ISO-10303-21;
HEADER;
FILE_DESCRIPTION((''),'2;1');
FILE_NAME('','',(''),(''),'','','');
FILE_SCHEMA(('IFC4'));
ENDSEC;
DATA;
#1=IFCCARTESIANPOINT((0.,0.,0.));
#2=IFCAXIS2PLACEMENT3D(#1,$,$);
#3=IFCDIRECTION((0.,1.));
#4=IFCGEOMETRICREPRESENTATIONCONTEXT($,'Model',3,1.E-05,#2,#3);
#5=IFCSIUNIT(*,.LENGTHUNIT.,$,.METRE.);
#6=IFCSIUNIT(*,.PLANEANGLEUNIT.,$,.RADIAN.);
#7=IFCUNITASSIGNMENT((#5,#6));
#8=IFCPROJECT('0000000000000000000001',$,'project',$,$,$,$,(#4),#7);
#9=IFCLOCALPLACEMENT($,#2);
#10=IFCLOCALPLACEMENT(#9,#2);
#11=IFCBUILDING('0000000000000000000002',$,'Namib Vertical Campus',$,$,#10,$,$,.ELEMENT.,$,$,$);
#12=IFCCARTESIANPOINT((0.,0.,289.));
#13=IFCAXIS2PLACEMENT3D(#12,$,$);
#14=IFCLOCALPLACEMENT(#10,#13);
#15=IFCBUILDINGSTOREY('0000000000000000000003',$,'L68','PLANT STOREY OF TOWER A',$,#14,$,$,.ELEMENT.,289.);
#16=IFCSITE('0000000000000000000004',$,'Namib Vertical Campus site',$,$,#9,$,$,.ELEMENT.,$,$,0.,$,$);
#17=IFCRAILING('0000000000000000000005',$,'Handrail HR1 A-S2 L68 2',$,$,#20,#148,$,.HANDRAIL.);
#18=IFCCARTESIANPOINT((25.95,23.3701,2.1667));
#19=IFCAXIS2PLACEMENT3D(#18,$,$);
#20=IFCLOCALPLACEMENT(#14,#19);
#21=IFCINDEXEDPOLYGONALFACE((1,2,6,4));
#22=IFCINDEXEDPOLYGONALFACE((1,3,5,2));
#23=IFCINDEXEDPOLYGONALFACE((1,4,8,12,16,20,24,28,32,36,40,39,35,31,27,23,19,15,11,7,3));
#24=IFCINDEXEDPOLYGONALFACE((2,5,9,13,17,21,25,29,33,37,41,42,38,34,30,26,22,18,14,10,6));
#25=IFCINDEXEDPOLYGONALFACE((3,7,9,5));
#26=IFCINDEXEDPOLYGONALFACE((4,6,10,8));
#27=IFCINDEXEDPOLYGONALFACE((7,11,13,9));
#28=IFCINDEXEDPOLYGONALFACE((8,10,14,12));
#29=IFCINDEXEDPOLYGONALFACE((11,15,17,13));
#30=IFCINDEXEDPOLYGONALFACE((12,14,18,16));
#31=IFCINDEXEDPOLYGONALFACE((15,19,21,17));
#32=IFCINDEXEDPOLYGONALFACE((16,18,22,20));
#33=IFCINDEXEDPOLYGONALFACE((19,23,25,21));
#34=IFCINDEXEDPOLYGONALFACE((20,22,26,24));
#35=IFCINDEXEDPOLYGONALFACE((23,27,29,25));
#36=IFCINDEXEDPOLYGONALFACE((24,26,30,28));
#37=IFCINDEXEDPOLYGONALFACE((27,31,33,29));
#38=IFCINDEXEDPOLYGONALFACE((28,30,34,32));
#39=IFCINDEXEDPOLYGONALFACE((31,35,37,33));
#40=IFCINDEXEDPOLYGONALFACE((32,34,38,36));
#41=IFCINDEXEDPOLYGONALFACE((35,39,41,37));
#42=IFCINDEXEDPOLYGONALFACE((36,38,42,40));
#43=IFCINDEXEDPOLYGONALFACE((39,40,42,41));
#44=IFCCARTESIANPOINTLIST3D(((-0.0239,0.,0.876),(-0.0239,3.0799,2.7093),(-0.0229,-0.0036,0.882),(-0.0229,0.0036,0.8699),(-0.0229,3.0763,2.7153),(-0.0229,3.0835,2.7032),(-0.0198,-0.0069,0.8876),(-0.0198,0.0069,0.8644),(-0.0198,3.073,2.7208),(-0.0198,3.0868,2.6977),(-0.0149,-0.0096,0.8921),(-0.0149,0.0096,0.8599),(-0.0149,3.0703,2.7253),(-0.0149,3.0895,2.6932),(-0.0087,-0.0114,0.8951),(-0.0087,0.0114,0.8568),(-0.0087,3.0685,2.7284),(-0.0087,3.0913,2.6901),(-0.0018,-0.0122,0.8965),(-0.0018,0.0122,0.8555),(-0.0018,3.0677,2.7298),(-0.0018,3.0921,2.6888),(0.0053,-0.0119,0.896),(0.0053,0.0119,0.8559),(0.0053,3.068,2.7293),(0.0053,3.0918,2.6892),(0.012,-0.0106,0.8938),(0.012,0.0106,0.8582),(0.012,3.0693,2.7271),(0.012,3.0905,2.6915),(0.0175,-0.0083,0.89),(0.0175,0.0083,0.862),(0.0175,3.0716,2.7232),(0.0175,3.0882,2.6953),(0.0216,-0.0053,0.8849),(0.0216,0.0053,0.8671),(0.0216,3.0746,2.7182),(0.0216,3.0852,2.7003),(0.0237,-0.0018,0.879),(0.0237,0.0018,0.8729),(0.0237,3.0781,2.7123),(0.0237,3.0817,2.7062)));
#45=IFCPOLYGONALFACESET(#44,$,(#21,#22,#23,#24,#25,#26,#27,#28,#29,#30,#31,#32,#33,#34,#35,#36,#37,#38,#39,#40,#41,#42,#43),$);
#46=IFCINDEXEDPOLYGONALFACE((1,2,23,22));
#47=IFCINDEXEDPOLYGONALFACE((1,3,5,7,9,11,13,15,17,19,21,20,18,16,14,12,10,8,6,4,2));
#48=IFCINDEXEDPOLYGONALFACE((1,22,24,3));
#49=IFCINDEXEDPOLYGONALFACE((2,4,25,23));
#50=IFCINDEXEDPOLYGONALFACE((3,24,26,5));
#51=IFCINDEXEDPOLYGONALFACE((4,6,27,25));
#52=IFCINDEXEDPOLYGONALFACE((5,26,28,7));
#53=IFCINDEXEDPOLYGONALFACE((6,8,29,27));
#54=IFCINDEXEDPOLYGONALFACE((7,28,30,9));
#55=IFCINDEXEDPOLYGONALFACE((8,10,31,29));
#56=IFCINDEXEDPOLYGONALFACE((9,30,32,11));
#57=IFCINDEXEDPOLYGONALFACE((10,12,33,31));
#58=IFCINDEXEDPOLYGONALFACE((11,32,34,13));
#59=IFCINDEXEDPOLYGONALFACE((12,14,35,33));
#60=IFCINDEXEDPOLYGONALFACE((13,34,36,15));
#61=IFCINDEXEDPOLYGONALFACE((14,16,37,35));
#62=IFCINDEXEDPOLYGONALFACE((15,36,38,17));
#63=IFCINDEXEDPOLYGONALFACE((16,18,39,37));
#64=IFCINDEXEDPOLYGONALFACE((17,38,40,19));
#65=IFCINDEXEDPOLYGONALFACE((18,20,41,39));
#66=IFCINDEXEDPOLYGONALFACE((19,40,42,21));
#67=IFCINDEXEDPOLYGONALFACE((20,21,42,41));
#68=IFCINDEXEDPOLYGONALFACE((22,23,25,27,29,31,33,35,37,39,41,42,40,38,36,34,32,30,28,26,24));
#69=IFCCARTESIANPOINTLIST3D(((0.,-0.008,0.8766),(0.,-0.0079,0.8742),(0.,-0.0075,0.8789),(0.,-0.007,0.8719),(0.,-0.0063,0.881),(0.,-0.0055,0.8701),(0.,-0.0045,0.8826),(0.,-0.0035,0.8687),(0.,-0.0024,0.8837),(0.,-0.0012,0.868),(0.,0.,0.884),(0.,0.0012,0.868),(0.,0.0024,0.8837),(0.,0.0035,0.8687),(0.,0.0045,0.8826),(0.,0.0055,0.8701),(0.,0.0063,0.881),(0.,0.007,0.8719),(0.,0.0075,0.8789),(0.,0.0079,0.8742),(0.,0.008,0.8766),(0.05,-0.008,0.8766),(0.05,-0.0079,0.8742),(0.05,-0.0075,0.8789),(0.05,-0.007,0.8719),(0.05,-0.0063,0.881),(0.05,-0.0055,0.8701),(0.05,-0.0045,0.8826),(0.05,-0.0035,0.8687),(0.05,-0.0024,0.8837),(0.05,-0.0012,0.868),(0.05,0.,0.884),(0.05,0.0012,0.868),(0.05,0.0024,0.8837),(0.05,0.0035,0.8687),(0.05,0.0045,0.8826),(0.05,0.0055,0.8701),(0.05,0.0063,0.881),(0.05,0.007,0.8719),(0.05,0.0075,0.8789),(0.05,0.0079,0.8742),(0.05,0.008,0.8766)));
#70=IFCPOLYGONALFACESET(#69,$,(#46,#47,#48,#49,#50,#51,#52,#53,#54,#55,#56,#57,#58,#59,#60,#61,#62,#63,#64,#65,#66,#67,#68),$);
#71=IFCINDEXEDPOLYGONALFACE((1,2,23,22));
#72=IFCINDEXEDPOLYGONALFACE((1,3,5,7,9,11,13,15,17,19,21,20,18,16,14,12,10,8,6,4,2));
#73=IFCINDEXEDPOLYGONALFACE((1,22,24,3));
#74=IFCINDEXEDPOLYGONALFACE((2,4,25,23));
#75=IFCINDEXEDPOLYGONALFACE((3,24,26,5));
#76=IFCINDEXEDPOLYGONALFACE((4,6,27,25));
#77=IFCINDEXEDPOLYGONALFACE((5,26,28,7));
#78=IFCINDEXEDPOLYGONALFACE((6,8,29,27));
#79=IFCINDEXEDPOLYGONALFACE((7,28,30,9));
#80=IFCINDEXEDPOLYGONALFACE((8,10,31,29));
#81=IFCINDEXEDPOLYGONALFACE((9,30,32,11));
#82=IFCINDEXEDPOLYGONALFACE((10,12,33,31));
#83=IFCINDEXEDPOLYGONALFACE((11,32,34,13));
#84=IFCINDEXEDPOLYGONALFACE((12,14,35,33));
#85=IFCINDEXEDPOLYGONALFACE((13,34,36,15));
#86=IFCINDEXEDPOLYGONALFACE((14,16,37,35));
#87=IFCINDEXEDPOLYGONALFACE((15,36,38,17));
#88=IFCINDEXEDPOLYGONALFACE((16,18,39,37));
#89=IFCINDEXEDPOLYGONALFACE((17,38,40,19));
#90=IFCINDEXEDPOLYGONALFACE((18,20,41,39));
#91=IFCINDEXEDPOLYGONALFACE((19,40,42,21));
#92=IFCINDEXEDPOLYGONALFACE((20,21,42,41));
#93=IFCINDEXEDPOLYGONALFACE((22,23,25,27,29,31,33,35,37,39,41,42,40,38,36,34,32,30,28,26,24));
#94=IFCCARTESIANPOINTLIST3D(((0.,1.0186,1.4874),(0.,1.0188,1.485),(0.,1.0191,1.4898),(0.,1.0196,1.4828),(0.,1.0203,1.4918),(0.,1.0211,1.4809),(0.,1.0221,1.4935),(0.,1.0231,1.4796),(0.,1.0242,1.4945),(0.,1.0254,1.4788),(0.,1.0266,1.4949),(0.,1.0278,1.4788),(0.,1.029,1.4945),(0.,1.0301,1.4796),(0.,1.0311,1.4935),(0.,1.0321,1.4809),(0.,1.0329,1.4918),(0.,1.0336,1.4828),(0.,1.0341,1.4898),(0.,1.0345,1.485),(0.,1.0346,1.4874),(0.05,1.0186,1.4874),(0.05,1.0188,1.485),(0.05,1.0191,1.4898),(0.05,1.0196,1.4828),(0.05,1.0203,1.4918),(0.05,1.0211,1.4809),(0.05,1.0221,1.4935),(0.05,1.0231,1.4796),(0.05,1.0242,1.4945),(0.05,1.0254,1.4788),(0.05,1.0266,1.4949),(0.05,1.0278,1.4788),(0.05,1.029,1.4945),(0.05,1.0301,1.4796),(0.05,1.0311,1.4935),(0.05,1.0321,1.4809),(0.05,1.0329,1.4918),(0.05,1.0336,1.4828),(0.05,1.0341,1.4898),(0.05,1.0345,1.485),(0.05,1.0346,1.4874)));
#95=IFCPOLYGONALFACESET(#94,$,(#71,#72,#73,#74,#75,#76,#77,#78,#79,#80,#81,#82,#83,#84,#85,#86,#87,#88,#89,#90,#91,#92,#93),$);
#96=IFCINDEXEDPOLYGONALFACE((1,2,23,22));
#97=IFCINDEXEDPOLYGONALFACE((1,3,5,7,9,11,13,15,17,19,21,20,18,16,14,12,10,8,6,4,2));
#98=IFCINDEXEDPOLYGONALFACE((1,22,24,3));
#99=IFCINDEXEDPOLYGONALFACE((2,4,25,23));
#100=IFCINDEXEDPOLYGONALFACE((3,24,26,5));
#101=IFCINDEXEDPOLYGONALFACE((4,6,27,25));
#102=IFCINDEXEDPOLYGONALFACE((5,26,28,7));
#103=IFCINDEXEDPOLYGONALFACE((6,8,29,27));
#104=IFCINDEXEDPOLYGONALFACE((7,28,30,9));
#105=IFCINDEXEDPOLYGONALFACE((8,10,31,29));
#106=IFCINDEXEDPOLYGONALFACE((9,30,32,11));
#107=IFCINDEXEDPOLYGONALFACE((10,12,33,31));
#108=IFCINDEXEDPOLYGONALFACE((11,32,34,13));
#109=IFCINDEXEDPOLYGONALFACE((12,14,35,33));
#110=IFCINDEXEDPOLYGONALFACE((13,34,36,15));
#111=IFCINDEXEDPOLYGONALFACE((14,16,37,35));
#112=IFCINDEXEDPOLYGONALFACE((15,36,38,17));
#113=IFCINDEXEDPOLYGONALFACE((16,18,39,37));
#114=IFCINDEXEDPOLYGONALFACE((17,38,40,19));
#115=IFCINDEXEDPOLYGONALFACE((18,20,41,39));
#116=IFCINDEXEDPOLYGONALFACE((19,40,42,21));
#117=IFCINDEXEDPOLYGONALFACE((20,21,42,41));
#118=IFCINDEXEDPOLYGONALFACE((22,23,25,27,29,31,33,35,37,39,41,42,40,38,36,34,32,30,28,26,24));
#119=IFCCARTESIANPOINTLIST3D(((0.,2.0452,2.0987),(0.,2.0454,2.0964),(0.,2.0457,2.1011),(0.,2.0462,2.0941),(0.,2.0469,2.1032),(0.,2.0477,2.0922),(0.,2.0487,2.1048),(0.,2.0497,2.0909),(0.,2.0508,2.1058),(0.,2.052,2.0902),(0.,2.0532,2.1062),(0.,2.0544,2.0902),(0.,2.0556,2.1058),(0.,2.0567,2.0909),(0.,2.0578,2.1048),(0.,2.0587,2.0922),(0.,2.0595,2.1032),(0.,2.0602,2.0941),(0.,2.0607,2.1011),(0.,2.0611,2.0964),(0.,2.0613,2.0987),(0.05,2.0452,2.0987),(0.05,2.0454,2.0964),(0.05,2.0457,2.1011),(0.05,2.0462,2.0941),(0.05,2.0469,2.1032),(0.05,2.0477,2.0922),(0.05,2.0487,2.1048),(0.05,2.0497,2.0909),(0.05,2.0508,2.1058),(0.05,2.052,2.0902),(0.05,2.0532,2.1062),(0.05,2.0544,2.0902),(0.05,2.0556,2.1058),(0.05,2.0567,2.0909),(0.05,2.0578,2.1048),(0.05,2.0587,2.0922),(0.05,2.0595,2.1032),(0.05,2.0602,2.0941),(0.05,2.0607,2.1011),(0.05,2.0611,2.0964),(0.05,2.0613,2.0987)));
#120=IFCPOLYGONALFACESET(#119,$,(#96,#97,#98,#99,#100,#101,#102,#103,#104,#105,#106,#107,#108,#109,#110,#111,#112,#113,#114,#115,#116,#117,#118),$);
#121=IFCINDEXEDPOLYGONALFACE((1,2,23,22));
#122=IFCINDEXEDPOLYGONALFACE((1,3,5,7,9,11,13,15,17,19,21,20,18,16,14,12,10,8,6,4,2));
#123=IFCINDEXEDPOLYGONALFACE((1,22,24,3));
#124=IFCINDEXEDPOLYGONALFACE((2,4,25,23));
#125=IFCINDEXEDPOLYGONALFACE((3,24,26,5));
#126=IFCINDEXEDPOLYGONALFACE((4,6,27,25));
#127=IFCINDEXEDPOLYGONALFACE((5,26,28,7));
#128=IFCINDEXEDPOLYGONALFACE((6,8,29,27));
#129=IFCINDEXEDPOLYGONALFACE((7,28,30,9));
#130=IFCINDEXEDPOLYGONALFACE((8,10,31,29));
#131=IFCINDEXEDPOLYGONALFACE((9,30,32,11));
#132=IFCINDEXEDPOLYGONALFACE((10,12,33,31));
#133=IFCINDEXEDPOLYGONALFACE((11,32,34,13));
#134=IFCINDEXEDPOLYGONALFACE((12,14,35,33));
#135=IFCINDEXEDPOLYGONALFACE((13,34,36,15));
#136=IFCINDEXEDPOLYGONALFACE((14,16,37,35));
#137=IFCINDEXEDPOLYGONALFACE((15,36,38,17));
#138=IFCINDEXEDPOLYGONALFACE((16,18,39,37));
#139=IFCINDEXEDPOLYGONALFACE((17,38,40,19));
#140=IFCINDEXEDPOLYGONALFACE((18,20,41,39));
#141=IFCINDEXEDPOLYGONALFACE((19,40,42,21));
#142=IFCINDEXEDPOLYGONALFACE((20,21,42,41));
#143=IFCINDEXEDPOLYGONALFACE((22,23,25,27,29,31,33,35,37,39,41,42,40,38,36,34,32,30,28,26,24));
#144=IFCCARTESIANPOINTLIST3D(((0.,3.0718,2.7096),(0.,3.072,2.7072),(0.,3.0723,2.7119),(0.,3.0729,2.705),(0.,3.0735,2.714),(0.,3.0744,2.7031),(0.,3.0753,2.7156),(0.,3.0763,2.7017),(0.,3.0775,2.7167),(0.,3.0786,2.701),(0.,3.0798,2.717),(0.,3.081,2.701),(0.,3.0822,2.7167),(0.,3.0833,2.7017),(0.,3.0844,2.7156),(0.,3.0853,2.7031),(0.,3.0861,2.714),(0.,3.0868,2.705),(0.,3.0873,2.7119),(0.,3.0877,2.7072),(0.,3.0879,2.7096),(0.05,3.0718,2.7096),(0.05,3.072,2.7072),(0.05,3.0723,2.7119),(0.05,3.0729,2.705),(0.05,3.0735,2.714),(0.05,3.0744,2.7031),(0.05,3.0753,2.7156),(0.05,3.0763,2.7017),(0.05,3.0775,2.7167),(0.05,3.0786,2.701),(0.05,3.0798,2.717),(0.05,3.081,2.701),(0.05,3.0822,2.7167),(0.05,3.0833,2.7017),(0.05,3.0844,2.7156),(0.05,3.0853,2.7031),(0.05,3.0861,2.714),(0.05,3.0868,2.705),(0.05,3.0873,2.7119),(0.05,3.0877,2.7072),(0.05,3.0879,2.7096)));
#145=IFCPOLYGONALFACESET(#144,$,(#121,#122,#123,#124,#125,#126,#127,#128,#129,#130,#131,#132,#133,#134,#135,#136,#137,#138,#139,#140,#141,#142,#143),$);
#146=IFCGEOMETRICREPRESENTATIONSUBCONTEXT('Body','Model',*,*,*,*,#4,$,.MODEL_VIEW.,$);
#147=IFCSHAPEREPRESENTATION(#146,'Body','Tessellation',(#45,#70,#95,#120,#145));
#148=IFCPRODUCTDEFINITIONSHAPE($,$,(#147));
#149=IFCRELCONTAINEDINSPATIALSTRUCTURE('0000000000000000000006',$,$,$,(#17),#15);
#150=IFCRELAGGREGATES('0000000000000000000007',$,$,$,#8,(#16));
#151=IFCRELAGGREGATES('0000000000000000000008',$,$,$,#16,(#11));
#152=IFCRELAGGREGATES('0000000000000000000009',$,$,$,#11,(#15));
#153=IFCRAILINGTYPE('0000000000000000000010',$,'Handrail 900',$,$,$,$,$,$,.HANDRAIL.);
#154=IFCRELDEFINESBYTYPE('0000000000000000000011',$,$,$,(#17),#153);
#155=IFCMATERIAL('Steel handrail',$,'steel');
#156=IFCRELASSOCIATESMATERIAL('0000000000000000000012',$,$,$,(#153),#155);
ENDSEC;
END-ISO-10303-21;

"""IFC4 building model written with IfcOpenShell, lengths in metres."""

from ifc_helpers import new_model, si_unit, direction, frame, origin, origin_2d, place, context, subcontext, project, spatial, circle, extrude, material, type_object, element, save


model = new_model("IFC4")

# Units and contexts
model_context = context("Model", 3, precision=1e-05, world=origin(), true_north=direction((0.0, 1.0)))
body_context = subcontext(model_context, "Body", "Model", "MODEL_VIEW")
ifc_project = project(units=[si_unit("LENGTHUNIT", "METRE"), si_unit("PLANEANGLEUNIT", "RADIAN")], contexts=[model_context])

# Site, building, storey
site_placement = place(None, origin())
site = spatial("IfcSite", under=ifc_project, at=site_placement, Name="Namib Vertical Campus site", CompositionType="ELEMENT", RefElevation=0.0)
building_placement = place(site_placement, origin())
building = spatial("IfcBuilding", under=site, at=building_placement, Name="Namib Vertical Campus", CompositionType="ELEMENT")
storey_placement = place(building_placement, frame((0.0, 0.0, 289.0)))
storey = spatial("IfcBuildingStorey", under=building, at=storey_placement, Name="L68", Description="PLANT STOREY OF TOWER A", CompositionType="ELEMENT", Elevation=289.0)

# Railing
ifc_material_1 = material(Name="Steel handrail", Category="steel")
railing_type_1 = type_object("IfcRailingType", Name="Handrail 900", PredefinedType="HANDRAIL", material=ifc_material_1)
railing_1_placement = place(storey_placement, frame((25.95, 23.3701, 2.1667)))
element("IfcRailing", 1, at=railing_1_placement, inside=storey, type_object=railing_type_1, Name="Handrail HR1 A-S2 L68 2", PredefinedType="HANDRAIL", context=body_context, shape_type="SweptSolid", body=[
    extrude(circle(Radius=0.0239, at=origin_2d()), frame((0.0, 0.0, 0.876), z_axis=(0.0, 0.859291, 0.511487), x_axis=(-1.0, 0.0, 0.0)), (0.0, 0.0, 1.0), 3.5842),
    extrude(circle(Radius=0.0081, at=origin_2d()), frame((0.0, 0.0, 0.876), z_axis=(1.0, 0.0, 0.0), x_axis=(0.0, 0.0, 1.0)), (0.0, 0.0, 1.0), 0.05),
    extrude(circle(Radius=0.0081, at=origin_2d()), frame((0.0, 1.0266, 1.4868), z_axis=(1.0, 0.0, 0.0), x_axis=(0.0, 0.0, 1.0)), (0.0, 0.0, 1.0), 0.05),
    extrude(circle(Radius=0.0081, at=origin_2d()), frame((0.0, 2.0532, 2.0981), z_axis=(1.0, 0.0, 0.0), x_axis=(0.0, 0.0, 1.0)), (0.0, 0.0, 1.0), 0.05),
    extrude(circle(Radius=0.0081, at=origin_2d()), frame((0.0, 3.0798, 2.709), z_axis=(1.0, 0.0, 0.0), x_axis=(0.0, 0.0, 1.0)), (0.0, 0.0, 1.0), 0.05),
])

save(model, "model.ifc")
